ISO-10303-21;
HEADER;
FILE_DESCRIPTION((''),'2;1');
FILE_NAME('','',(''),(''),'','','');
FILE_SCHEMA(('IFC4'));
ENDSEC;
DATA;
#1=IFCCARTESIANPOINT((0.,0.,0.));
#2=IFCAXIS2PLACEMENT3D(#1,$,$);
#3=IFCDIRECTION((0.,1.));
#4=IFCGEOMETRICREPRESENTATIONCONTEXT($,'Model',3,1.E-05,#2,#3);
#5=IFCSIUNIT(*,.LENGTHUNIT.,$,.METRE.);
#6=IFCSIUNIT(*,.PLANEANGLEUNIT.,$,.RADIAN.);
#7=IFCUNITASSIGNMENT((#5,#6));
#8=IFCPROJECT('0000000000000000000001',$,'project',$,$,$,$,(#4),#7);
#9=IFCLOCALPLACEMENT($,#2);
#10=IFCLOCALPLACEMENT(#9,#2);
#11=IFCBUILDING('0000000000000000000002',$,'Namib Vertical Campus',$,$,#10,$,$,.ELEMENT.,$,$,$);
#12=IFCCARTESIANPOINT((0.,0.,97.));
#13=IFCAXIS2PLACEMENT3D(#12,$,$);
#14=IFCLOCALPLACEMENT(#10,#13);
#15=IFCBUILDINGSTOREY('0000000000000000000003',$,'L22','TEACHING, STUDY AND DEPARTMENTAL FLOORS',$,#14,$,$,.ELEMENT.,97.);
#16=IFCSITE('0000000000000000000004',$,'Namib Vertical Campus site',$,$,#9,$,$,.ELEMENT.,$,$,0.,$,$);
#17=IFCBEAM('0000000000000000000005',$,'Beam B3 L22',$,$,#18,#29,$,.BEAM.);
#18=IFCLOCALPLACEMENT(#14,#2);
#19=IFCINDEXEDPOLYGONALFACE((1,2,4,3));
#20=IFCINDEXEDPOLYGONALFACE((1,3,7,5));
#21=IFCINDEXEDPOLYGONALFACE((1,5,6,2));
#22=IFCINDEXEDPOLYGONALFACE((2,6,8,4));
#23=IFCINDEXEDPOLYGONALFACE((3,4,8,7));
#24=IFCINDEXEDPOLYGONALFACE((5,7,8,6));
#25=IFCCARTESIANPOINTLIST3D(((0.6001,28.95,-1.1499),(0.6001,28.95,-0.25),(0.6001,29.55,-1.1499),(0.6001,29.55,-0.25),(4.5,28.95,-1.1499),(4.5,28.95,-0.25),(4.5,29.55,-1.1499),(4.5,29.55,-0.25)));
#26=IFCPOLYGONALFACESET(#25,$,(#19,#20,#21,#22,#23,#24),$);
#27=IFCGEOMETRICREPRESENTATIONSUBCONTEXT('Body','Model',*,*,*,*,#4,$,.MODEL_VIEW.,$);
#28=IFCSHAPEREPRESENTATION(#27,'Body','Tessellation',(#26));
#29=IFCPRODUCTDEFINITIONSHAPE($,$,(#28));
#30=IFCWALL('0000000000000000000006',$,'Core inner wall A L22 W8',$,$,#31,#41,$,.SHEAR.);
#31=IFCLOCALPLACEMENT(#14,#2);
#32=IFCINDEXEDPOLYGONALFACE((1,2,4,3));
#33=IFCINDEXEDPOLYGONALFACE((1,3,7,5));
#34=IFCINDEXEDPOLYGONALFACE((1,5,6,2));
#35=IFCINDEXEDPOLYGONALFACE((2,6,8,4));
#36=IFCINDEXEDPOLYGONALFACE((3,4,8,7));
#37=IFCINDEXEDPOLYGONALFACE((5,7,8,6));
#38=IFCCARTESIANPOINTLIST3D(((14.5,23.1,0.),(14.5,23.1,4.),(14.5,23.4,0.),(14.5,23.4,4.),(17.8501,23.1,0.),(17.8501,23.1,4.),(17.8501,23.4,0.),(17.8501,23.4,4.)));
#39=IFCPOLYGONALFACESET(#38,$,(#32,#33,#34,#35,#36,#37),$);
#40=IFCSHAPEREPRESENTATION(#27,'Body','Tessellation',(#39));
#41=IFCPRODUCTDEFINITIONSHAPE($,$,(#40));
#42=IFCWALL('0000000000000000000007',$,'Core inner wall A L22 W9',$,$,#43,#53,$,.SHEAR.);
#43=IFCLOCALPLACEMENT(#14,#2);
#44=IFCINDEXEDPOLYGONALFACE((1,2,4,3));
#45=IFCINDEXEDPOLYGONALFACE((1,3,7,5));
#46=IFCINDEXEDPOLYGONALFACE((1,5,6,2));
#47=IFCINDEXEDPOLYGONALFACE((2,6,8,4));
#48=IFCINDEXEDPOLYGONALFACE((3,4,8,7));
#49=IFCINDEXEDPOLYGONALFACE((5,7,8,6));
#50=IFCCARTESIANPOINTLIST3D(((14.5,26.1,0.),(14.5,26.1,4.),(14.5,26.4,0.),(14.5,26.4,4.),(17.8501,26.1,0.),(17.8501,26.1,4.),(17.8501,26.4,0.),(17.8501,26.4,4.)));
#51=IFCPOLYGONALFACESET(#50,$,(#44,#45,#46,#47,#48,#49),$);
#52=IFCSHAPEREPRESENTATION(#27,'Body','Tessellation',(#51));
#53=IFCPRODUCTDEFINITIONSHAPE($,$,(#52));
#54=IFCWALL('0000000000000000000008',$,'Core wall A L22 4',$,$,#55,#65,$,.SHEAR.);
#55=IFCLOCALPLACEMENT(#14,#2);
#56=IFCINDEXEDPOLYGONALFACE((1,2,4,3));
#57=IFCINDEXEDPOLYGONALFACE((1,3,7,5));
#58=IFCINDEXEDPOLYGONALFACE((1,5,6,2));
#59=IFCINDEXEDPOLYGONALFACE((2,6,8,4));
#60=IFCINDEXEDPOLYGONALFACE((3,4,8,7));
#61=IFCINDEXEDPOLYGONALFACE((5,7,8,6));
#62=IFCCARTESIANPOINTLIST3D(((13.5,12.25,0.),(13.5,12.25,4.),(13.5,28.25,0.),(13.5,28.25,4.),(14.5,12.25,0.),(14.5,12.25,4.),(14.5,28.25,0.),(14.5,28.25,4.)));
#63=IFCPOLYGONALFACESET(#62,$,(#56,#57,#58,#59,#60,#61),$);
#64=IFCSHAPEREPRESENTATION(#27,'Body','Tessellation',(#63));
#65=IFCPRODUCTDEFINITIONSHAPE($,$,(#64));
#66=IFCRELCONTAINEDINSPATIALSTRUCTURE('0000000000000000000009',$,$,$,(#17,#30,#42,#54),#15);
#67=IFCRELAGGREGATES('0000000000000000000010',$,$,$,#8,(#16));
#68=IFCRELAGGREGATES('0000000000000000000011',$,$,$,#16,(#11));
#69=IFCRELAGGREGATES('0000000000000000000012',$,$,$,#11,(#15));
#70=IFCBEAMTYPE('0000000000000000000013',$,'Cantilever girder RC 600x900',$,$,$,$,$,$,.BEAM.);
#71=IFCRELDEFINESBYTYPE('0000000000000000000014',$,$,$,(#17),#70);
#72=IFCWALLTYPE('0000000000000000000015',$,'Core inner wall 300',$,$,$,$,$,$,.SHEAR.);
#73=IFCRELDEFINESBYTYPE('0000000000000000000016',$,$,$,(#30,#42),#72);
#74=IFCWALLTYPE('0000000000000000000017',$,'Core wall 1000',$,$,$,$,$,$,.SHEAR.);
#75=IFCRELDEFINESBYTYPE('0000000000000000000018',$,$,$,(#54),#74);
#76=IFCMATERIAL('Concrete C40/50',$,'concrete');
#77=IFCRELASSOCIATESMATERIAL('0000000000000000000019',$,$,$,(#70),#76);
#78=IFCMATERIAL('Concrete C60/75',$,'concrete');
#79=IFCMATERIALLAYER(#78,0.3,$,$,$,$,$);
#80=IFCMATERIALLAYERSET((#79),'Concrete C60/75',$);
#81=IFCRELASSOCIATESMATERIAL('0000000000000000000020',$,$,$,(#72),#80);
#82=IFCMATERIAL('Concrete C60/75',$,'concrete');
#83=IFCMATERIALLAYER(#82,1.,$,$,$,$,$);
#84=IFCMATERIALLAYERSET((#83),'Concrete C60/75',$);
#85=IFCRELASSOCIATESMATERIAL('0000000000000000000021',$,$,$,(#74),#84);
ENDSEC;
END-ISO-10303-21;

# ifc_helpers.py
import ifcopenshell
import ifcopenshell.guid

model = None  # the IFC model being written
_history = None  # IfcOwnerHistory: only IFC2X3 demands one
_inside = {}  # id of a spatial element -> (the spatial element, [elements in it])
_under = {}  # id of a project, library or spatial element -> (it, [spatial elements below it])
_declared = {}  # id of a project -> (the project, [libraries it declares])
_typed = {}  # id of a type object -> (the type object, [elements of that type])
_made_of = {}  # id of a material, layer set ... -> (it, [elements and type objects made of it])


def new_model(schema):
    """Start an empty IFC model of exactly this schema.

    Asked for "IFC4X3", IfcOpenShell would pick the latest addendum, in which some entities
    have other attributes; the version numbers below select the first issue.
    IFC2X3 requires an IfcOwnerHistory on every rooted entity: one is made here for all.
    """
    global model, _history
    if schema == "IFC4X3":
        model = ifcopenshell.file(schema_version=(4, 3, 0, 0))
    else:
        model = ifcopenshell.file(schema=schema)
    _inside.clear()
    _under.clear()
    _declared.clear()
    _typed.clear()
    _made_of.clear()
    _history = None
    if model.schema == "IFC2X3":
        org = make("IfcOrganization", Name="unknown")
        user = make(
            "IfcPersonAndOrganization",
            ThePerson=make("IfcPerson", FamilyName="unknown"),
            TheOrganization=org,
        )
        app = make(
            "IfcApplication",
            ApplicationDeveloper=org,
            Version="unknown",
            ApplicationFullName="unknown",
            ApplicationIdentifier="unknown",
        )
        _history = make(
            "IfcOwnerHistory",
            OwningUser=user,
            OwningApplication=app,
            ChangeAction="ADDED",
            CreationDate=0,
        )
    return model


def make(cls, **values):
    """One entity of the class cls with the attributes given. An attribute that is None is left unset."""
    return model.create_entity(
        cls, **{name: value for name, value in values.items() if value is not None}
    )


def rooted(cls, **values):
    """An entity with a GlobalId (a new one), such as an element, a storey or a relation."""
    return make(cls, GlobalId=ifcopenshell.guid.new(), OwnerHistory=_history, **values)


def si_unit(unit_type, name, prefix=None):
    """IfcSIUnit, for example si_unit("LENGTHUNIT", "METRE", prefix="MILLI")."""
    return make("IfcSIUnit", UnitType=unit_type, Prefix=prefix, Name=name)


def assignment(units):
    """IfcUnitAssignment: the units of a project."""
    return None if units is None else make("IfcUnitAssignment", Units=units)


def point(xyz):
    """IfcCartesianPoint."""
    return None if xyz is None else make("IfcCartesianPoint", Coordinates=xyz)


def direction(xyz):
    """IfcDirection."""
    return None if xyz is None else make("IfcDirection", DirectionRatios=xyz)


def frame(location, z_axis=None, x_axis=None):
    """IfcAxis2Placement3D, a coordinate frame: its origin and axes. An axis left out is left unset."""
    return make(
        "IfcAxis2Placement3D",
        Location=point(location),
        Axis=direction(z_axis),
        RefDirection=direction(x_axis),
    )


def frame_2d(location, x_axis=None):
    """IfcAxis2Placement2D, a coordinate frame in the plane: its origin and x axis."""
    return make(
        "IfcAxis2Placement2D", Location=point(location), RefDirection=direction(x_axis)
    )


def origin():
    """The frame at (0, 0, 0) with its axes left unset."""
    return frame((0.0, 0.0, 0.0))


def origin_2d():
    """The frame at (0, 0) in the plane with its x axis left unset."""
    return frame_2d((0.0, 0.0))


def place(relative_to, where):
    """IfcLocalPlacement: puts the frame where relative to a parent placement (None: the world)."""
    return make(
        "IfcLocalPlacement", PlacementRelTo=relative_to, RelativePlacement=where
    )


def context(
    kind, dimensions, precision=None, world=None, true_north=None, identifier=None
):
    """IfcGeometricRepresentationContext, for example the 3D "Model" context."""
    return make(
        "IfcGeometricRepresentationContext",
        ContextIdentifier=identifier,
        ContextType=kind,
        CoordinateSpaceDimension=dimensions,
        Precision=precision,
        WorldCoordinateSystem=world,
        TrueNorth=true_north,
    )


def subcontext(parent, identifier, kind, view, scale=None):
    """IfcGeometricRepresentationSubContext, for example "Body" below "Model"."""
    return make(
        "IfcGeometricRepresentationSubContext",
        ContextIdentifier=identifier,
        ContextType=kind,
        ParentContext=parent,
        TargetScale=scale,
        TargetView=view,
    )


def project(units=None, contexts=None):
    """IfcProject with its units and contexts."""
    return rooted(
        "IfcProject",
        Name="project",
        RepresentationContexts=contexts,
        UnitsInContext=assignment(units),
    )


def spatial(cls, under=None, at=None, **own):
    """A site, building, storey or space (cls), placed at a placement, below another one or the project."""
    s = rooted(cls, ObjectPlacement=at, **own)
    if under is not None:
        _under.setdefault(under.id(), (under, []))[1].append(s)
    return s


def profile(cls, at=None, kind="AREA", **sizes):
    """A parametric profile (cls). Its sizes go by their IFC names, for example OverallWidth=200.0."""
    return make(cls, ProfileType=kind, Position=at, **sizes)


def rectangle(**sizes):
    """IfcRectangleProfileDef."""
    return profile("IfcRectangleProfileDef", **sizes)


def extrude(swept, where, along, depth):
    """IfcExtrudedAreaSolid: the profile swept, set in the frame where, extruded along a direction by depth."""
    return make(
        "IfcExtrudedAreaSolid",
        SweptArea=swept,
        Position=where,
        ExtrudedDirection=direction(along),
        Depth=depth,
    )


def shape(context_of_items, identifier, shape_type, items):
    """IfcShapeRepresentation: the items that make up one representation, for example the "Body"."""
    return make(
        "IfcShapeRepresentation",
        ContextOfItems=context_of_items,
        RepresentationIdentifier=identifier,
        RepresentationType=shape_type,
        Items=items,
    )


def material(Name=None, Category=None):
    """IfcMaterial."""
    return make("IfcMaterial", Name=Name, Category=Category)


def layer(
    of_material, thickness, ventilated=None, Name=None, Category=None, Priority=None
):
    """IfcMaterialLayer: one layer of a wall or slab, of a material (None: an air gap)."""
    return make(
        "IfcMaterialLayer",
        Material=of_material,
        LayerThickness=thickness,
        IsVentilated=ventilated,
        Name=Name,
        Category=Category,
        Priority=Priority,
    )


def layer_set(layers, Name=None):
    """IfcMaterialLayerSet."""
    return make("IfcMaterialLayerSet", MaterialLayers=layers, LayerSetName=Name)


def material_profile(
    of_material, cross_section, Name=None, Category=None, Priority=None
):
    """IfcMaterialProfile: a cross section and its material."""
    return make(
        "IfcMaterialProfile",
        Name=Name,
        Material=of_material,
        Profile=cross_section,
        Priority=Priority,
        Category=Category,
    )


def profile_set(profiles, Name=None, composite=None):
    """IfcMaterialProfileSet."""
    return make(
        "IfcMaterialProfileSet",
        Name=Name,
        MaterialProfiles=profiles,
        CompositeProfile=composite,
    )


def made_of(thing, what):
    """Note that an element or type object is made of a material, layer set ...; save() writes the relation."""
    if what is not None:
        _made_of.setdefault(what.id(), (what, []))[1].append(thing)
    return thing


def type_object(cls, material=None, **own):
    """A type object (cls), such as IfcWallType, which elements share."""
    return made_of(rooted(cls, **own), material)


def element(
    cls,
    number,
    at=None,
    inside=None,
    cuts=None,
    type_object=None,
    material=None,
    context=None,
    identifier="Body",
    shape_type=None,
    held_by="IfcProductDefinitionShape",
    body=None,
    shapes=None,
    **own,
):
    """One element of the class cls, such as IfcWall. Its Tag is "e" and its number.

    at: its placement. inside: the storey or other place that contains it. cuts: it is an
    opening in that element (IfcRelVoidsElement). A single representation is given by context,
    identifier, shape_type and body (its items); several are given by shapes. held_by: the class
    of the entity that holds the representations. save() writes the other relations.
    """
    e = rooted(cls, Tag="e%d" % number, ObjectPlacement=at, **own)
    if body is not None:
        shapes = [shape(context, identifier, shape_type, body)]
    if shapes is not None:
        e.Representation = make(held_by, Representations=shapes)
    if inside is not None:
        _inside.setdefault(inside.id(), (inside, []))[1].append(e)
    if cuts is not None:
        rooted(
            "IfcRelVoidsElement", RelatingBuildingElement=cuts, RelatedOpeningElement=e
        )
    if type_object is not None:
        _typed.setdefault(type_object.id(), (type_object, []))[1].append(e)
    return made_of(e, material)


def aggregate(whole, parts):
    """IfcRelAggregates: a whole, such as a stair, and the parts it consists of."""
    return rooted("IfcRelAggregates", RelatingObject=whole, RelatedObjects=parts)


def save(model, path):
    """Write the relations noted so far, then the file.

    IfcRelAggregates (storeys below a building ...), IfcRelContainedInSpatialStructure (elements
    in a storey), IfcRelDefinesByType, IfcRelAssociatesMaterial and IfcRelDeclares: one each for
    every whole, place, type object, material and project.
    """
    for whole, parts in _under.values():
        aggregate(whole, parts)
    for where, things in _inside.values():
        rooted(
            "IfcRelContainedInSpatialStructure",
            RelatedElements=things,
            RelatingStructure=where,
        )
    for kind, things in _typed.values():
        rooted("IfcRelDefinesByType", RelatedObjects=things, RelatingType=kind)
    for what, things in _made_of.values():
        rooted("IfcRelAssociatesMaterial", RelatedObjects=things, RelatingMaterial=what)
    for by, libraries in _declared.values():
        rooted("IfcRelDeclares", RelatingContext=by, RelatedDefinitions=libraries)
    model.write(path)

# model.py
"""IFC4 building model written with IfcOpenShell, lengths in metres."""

from ifc_helpers import new_model, si_unit, direction, frame, frame_2d, origin, origin_2d, place, context, subcontext, project, spatial, rectangle, extrude, material, layer, layer_set, material_profile, profile_set, type_object, element, save


model = new_model("IFC4")

# Units and contexts
model_context = context("Model", 3, precision=1e-05, world=origin(), true_north=direction((0.0, 1.0)))
body_context = subcontext(model_context, "Body", "Model", "MODEL_VIEW")
ifc_project = project(units=[si_unit("LENGTHUNIT", "METRE"), si_unit("PLANEANGLEUNIT", "RADIAN")], contexts=[model_context])

# Site, building, storey
site_placement = place(None, origin())
site = spatial("IfcSite", under=ifc_project, at=site_placement, Name="Namib Vertical Campus site", CompositionType="ELEMENT", RefElevation=0.0)
building_placement = place(site_placement, origin())
building = spatial("IfcBuilding", under=site, at=building_placement, Name="Namib Vertical Campus", CompositionType="ELEMENT")
storey_placement = place(building_placement, frame((0.0, 0.0, 97.0)))
storey = spatial("IfcBuildingStorey", under=building, at=storey_placement, Name="L22", Description="TEACHING, STUDY AND DEPARTMENTAL FLOORS", CompositionType="ELEMENT", Elevation=97.0)

# Beam
ifc_material_1 = material(Name="Concrete C40/50", Category="concrete")
ifc_material_profile = material_profile(ifc_material_1, rectangle(XDim=0.6001, YDim=0.8999, at=origin_2d()))
ifc_profile_set = profile_set([ifc_material_profile], Name="Concrete C40/50")
beam_type = type_object("IfcBeamType", Name="Cantilever girder RC 600x900", PredefinedType="BEAM", material=ifc_profile_set)
beam_placement = place(storey_placement, frame((4.5, 29.25, -0.7), z_axis=(-1.0, 0.0, 0.0), x_axis=(0.0, -1.0, 0.0)))
element("IfcBeam", 1, at=beam_placement, inside=storey, type_object=beam_type, Name="Beam B3 L22", PredefinedType="BEAM", context=body_context, shape_type="SweptSolid", body=[
    extrude(rectangle(XDim=0.6001, YDim=0.8999, at=origin_2d()), origin(), (0.0, 0.0, 1.0), 3.8999),
])

# Walls
ifc_material_2 = material(Name="Concrete C60/75", Category="concrete")
ifc_layer_1 = layer(ifc_material_2, 0.3)
ifc_layer_set_1 = layer_set([ifc_layer_1], Name="Concrete C60/75")
wall_type_1 = type_object("IfcWallType", Name="Core inner wall 300", PredefinedType="SHEAR", material=ifc_layer_set_1)
for number, where, z_axis, x_axis, name in (
    (2, (14.5, 23.25, 0.0), (0.0, 0.0, 1.0), (1.0, 0.0, 0.0), "Core inner wall A L22 W8"),
    (3, (14.5, 26.25, 0.0), (0.0, 0.0, 1.0), (1.0, 0.0, 0.0), "Core inner wall A L22 W9"),
):
    element("IfcWall", number, at=place(storey_placement, frame(where, z_axis=z_axis, x_axis=x_axis)), inside=storey, type_object=wall_type_1, Name=name, PredefinedType="SHEAR", context=body_context, shape_type="SweptSolid", body=[
        extrude(rectangle(XDim=3.3501, YDim=0.3, at=frame_2d((1.675, 0.0))), origin(), (0.0, 0.0, 1.0), 4.0),
    ])
ifc_material_3 = material(Name="Concrete C60/75", Category="concrete")
ifc_layer_2 = layer(ifc_material_3, 1.0)
ifc_layer_set_2 = layer_set([ifc_layer_2], Name="Concrete C60/75")
wall_type_2 = type_object("IfcWallType", Name="Core wall 1000", PredefinedType="SHEAR", material=ifc_layer_set_2)
wall_1_placement = place(storey_placement, frame((14.0, 28.25, 0.0), z_axis=(0.0, 0.0, 1.0), x_axis=(0.0, -1.0, 0.0)))
element("IfcWall", 4, at=wall_1_placement, inside=storey, type_object=wall_type_2, Name="Core wall A L22 4", PredefinedType="SHEAR", context=body_context, shape_type="SweptSolid", body=[
    extrude(rectangle(XDim=16.0, YDim=1.0, at=frame_2d((8.0, 0.0))), origin(), (0.0, 0.0, 1.0), 4.0),
])

save(model, "model.ifc")
